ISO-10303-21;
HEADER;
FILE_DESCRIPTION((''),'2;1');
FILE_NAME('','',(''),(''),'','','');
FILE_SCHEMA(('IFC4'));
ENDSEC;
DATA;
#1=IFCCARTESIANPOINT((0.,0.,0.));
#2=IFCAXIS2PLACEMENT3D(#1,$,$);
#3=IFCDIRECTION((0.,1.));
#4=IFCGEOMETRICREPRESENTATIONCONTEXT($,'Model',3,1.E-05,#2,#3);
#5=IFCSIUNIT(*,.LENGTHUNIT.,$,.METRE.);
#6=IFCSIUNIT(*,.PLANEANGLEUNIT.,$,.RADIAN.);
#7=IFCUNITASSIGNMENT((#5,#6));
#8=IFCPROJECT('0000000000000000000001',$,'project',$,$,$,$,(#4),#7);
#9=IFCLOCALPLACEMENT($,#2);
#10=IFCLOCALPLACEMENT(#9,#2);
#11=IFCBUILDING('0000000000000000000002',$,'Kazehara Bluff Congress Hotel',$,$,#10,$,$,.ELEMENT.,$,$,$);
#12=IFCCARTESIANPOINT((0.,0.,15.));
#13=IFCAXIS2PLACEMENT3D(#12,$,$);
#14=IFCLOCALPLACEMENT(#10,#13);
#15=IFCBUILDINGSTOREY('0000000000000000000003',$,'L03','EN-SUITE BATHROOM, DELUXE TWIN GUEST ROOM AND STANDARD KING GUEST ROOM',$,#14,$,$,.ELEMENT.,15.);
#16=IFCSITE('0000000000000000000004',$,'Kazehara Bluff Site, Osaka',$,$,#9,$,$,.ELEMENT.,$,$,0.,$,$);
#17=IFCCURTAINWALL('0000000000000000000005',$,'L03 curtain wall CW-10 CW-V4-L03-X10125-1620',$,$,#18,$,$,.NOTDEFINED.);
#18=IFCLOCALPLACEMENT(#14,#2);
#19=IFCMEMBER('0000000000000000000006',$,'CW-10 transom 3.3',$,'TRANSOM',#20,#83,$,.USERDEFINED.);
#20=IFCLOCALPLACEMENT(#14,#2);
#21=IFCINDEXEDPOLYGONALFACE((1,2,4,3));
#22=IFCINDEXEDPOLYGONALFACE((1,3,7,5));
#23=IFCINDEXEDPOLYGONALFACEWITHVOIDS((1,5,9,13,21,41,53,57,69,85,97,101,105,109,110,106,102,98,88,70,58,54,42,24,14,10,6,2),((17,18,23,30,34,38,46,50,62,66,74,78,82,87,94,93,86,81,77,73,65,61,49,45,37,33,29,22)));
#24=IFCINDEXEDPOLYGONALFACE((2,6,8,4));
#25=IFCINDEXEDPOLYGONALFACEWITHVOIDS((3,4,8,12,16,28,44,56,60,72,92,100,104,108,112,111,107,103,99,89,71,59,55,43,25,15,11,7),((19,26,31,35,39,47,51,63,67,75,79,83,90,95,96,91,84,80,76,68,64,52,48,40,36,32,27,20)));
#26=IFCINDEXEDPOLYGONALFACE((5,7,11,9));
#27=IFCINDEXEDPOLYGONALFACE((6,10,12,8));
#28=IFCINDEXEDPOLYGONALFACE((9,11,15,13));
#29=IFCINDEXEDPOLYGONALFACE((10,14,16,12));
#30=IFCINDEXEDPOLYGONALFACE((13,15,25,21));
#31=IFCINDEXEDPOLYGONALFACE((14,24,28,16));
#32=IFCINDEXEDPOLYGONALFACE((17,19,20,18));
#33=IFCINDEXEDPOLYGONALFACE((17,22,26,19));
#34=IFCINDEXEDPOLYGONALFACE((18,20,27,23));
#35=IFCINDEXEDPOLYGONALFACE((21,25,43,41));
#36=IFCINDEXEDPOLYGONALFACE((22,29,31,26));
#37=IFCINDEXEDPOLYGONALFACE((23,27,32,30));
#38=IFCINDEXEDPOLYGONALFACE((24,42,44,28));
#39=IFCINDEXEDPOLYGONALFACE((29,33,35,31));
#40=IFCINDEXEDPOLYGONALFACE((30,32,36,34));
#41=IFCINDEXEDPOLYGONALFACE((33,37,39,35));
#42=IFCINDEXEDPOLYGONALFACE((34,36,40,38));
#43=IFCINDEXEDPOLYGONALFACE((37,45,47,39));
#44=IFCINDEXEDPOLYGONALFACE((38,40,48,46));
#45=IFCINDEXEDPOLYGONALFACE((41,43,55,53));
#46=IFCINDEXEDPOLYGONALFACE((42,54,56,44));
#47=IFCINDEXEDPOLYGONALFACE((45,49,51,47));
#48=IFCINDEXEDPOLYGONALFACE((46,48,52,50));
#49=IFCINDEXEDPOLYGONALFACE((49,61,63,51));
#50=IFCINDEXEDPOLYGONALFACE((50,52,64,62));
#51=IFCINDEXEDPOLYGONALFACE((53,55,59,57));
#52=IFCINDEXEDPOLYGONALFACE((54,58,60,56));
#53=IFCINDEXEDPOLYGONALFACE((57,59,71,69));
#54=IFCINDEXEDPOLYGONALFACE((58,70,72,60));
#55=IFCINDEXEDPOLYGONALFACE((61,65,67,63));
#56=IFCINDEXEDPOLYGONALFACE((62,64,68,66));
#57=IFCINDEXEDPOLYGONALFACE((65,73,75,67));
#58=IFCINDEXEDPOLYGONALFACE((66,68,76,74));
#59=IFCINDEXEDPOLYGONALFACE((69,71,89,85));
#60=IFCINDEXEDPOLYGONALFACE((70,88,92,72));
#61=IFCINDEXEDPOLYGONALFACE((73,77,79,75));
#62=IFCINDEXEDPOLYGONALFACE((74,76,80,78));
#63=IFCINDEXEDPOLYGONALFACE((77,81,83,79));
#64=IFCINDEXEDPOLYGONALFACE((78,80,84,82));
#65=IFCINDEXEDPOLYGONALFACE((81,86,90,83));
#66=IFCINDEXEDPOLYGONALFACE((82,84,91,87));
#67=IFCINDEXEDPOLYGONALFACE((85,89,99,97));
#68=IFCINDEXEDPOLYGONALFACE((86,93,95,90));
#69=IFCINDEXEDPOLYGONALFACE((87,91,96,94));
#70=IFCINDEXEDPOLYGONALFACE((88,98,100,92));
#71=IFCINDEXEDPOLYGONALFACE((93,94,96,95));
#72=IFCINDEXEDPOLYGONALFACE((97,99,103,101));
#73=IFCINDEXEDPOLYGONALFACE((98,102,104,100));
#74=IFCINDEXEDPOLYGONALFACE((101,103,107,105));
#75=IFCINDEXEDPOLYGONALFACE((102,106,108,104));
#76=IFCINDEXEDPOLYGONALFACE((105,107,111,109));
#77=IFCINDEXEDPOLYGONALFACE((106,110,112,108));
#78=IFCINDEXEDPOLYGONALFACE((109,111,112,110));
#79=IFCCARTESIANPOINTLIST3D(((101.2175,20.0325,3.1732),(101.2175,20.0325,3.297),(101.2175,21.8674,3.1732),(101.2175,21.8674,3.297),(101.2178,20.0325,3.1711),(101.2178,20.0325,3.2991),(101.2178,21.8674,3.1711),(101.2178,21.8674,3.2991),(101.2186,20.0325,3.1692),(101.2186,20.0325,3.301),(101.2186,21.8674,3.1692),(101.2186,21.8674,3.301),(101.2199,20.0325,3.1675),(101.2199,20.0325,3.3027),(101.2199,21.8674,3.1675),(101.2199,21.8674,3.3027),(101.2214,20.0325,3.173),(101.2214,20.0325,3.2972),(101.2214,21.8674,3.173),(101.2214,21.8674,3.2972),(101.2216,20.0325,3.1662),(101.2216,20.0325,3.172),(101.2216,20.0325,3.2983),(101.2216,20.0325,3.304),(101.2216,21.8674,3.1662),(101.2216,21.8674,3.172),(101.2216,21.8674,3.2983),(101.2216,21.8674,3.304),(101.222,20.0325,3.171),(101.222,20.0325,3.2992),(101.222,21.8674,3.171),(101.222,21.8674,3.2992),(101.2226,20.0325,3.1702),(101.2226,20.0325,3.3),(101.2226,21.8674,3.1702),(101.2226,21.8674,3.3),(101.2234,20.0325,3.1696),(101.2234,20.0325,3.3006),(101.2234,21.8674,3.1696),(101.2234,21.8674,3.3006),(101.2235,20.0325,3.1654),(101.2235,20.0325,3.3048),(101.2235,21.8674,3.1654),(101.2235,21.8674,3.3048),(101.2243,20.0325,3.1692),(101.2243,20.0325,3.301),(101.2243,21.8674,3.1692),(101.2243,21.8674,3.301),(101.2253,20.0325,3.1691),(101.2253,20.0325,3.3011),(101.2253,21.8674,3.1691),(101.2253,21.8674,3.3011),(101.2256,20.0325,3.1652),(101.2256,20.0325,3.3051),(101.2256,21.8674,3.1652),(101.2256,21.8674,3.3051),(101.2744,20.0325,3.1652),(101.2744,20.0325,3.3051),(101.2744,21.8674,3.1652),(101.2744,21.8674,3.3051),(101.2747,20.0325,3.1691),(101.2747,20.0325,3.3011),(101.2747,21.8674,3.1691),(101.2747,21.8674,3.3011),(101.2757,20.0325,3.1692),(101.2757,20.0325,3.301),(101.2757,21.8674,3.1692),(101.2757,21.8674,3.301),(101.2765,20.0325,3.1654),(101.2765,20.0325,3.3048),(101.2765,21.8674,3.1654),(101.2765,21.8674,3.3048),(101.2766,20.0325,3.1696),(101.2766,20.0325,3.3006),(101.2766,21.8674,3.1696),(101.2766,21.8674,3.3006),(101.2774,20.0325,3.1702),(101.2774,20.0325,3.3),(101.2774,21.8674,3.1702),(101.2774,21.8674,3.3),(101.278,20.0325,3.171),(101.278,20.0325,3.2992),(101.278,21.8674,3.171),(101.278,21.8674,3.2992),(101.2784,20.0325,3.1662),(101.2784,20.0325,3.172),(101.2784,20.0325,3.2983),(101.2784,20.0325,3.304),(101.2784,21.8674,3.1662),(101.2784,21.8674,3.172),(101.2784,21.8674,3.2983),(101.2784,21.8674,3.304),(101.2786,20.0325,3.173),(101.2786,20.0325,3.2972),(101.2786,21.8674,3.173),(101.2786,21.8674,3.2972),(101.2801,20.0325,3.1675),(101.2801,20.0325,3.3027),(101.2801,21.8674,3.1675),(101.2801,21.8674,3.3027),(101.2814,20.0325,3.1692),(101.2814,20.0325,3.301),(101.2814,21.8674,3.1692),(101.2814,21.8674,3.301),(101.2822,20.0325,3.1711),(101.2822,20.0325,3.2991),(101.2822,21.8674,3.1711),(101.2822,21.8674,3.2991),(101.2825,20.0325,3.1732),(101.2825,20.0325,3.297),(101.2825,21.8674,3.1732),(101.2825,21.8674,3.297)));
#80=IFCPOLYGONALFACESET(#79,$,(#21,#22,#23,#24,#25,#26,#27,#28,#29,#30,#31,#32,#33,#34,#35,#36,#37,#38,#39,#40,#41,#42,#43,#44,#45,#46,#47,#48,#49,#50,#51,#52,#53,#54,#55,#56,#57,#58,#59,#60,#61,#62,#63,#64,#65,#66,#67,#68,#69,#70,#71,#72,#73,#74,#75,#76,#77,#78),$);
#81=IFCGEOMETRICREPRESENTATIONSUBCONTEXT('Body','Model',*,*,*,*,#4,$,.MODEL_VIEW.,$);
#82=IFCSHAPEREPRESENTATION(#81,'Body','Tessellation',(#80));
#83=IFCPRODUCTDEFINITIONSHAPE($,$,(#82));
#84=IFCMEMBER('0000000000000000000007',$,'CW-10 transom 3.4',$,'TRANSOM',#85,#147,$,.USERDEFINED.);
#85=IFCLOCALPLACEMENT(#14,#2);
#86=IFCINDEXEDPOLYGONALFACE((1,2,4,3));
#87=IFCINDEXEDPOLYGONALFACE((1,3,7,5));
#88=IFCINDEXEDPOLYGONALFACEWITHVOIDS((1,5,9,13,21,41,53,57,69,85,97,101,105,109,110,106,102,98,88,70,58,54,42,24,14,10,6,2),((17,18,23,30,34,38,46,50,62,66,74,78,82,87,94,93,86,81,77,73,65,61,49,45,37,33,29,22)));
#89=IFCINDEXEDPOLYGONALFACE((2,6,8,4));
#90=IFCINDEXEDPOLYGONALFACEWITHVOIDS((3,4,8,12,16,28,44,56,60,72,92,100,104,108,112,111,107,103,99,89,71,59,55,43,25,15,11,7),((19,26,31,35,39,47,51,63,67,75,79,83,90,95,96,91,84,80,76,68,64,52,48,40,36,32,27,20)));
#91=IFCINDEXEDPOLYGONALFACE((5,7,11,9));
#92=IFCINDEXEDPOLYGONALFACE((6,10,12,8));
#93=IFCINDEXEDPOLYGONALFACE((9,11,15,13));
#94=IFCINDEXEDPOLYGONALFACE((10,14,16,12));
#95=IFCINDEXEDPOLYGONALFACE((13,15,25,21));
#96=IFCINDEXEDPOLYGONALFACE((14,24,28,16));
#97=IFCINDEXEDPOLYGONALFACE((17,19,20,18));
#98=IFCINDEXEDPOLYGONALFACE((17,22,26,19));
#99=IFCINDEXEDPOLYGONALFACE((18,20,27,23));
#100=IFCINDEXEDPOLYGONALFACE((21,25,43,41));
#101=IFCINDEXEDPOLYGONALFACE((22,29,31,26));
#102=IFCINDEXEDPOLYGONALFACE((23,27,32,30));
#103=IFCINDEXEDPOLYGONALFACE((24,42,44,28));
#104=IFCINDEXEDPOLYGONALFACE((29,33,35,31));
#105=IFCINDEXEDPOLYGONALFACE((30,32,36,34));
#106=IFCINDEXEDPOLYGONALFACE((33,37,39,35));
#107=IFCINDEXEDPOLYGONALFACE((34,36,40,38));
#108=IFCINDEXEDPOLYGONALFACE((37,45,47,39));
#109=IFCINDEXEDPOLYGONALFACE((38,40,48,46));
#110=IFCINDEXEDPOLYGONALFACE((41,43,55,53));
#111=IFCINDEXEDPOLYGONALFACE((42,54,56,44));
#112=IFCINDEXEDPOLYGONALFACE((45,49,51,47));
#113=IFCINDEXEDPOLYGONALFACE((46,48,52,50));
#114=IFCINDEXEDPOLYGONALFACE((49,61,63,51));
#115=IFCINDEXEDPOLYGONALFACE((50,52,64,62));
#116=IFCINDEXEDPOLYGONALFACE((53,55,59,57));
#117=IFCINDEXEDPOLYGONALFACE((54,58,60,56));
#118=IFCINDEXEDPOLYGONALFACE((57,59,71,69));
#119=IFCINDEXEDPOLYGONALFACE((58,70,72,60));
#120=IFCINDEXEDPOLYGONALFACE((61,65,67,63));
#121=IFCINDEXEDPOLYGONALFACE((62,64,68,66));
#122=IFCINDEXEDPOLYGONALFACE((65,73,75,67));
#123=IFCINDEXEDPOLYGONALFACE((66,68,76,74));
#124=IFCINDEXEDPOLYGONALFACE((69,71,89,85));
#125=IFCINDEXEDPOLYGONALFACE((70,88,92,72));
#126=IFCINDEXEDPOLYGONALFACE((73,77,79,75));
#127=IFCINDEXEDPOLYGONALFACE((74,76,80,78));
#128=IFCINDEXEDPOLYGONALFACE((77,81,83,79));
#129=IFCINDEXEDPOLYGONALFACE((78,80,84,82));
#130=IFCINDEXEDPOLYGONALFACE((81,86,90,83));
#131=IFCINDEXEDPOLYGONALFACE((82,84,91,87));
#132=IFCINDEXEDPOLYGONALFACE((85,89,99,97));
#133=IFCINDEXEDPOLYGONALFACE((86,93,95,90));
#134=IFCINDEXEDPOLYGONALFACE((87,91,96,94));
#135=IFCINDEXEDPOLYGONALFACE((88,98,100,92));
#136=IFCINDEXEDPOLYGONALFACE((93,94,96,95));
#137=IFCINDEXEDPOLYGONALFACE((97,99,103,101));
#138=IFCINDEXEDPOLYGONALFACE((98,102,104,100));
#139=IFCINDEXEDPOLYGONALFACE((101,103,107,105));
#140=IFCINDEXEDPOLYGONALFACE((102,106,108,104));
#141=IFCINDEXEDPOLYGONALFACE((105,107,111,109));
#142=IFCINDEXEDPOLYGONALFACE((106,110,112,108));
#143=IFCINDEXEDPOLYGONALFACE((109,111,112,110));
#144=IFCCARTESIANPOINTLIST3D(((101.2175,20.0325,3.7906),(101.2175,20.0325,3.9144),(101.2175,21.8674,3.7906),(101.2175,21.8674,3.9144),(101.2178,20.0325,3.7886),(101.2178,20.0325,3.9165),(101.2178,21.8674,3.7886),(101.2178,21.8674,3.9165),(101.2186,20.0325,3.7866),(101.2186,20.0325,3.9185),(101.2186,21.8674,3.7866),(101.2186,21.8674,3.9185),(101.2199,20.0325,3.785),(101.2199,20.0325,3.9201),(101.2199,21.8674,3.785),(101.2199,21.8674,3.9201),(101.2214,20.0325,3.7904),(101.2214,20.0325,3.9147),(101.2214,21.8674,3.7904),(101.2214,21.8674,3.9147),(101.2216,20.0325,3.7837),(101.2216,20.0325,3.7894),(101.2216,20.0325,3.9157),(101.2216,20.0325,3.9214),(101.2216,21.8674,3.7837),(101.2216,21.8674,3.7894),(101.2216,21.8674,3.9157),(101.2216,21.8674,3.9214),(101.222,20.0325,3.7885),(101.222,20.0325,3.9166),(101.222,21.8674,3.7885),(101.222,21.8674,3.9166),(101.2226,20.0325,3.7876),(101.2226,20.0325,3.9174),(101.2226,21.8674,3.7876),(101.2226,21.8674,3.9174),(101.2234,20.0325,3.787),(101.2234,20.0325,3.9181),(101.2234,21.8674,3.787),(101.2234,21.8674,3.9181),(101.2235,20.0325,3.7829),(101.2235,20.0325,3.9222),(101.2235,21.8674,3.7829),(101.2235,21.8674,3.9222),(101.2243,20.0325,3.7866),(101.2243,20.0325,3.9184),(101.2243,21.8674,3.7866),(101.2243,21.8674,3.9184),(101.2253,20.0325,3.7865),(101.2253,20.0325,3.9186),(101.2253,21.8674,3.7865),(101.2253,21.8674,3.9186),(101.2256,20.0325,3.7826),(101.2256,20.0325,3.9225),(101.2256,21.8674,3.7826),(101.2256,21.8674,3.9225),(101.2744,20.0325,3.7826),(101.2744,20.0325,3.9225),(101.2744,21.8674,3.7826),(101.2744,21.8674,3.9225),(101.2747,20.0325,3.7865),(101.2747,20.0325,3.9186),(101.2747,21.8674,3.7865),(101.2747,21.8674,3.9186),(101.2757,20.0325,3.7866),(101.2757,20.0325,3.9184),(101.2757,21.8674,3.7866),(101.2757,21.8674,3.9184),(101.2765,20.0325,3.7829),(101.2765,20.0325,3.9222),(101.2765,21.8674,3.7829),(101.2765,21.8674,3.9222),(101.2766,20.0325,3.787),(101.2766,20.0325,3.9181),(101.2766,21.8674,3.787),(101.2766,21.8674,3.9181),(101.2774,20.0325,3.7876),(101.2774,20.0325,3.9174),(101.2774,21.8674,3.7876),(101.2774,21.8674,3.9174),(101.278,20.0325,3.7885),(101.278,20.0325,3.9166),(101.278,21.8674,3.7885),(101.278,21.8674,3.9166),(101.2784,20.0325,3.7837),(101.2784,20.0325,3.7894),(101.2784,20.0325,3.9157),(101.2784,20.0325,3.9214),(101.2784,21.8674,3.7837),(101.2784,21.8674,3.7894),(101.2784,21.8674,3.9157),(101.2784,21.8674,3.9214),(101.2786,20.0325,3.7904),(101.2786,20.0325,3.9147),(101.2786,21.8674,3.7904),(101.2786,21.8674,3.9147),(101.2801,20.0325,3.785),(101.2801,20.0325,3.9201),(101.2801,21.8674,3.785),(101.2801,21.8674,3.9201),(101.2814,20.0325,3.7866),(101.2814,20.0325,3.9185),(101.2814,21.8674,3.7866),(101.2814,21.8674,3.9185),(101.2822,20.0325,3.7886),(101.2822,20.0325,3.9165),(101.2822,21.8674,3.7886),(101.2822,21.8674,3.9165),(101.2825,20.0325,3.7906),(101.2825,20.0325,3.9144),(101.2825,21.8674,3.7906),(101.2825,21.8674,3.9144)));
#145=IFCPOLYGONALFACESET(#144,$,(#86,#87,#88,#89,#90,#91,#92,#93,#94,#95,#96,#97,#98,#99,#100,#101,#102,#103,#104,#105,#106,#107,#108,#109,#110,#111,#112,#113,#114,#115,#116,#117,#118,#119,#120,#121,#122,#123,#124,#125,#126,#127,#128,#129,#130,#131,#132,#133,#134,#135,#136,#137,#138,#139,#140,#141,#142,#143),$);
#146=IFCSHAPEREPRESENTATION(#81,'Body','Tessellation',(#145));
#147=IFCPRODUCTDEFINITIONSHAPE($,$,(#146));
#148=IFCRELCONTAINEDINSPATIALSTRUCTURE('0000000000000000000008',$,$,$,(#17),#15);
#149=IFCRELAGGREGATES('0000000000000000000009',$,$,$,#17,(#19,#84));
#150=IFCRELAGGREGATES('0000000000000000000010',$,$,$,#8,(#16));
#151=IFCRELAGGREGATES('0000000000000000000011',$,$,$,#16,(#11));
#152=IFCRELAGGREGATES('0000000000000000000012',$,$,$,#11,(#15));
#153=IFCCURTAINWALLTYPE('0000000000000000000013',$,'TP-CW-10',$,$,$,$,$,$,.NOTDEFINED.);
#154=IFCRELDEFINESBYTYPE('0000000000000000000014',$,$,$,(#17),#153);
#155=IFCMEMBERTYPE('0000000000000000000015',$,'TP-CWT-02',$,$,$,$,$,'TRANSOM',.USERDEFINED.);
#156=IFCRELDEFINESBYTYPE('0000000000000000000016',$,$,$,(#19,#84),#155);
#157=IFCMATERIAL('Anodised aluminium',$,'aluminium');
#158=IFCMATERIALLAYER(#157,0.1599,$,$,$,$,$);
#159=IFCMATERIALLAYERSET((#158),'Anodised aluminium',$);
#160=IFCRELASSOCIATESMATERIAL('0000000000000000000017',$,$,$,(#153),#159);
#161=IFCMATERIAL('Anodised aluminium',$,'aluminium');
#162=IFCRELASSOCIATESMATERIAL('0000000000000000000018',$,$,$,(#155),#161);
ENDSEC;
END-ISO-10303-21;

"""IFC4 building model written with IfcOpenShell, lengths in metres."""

from ifc_helpers import new_model, si_unit, direction, frame, origin, origin_2d, place, context, subcontext, project, spatial, hollow_rectangle, extrude, material, layer, layer_set, material_profile, profile_set, type_object, element, aggregate, save


model = new_model("IFC4")

# Units and contexts
model_context = context("Model", 3, precision=1e-05, world=origin(), true_north=direction((0.0, 1.0)))
body_context = subcontext(model_context, "Body", "Model", "MODEL_VIEW")
ifc_project = project(units=[si_unit("LENGTHUNIT", "METRE"), si_unit("PLANEANGLEUNIT", "RADIAN")], contexts=[model_context])

# Site, building, storey
site_placement = place(None, origin())
site = spatial("IfcSite", under=ifc_project, at=site_placement, Name="Kazehara Bluff Site, Osaka", CompositionType="ELEMENT", RefElevation=0.0)
building_placement = place(site_placement, origin())
building = spatial("IfcBuilding", under=site, at=building_placement, Name="Kazehara Bluff Congress Hotel", CompositionType="ELEMENT")
storey_placement = place(building_placement, frame((0.0, 0.0, 15.0)))
storey = spatial("IfcBuildingStorey", under=building, at=storey_placement, Name="L03", Description="EN-SUITE BATHROOM, DELUXE TWIN GUEST ROOM AND STANDARD KING GUEST ROOM", CompositionType="ELEMENT", Elevation=15.0)

# Curtain wall, members
ifc_material_1 = material(Name="Anodised aluminium", Category="aluminium")
ifc_layer_1 = layer(ifc_material_1, 0.1599)
ifc_layer_set_1 = layer_set([ifc_layer_1], Name="Anodised aluminium")
curtain_wall_type = type_object("IfcCurtainWallType", Name="TP-CW-10", PredefinedType="NOTDEFINED", material=ifc_layer_set_1)
curtain_wall_placement = place(storey_placement, origin())
curtain_wall = element("IfcCurtainWall", 1, at=curtain_wall_placement, inside=storey, type_object=curtain_wall_type, Name="L03 curtain wall CW-10 CW-V4-L03-X10125-1620", PredefinedType="NOTDEFINED")
ifc_material_2 = material(Name="Anodised aluminium", Category="aluminium")
ifc_material_profile_1 = material_profile(ifc_material_2, hollow_rectangle(XDim=0.0649, YDim=0.1399, WallThickness=0.0039, InnerFilletRadius=0.0039, OuterFilletRadius=0.0081, at=origin_2d()))
ifc_profile_set_1 = profile_set([ifc_material_profile_1], Name="Anodised aluminium")
member_type_1 = type_object("IfcMemberType", Name="TP-CWT-02", ElementType="TRANSOM", PredefinedType="USERDEFINED", material=ifc_profile_set_1)
member_1_placement = place(storey_placement, frame((101.25, 20.0325, 3.2351), z_axis=(0.0, 1.0, 0.0), x_axis=(-1.0, 0.0, 0.0)))
member_1 = element("IfcMember", 2, at=member_1_placement, type_object=member_type_1, Name="CW-10 transom 3.3", ObjectType="TRANSOM", PredefinedType="USERDEFINED", context=body_context, shape_type="SweptSolid", body=[
    extrude(hollow_rectangle(XDim=0.0649, YDim=0.1399, WallThickness=0.0039, InnerFilletRadius=0.0039, OuterFilletRadius=0.0081, at=origin_2d()), origin(), (0.0, 0.0, 1.0), 1.835),
])
member_2_placement = place(storey_placement, frame((101.25, 20.0325, 3.8525), z_axis=(0.0, 1.0, 0.0), x_axis=(-1.0, 0.0, 0.0)))
member_2 = element("IfcMember", 3, at=member_2_placement, type_object=member_type_1, Name="CW-10 transom 3.4", ObjectType="TRANSOM", PredefinedType="USERDEFINED", context=body_context, shape_type="SweptSolid", body=[
    extrude(hollow_rectangle(XDim=0.0649, YDim=0.1399, WallThickness=0.0039, InnerFilletRadius=0.0039, OuterFilletRadius=0.0081, at=origin_2d()), origin(), (0.0, 0.0, 1.0), 1.835),
])
aggregate(curtain_wall, [member_1, member_2])

save(model, "model.ifc")
